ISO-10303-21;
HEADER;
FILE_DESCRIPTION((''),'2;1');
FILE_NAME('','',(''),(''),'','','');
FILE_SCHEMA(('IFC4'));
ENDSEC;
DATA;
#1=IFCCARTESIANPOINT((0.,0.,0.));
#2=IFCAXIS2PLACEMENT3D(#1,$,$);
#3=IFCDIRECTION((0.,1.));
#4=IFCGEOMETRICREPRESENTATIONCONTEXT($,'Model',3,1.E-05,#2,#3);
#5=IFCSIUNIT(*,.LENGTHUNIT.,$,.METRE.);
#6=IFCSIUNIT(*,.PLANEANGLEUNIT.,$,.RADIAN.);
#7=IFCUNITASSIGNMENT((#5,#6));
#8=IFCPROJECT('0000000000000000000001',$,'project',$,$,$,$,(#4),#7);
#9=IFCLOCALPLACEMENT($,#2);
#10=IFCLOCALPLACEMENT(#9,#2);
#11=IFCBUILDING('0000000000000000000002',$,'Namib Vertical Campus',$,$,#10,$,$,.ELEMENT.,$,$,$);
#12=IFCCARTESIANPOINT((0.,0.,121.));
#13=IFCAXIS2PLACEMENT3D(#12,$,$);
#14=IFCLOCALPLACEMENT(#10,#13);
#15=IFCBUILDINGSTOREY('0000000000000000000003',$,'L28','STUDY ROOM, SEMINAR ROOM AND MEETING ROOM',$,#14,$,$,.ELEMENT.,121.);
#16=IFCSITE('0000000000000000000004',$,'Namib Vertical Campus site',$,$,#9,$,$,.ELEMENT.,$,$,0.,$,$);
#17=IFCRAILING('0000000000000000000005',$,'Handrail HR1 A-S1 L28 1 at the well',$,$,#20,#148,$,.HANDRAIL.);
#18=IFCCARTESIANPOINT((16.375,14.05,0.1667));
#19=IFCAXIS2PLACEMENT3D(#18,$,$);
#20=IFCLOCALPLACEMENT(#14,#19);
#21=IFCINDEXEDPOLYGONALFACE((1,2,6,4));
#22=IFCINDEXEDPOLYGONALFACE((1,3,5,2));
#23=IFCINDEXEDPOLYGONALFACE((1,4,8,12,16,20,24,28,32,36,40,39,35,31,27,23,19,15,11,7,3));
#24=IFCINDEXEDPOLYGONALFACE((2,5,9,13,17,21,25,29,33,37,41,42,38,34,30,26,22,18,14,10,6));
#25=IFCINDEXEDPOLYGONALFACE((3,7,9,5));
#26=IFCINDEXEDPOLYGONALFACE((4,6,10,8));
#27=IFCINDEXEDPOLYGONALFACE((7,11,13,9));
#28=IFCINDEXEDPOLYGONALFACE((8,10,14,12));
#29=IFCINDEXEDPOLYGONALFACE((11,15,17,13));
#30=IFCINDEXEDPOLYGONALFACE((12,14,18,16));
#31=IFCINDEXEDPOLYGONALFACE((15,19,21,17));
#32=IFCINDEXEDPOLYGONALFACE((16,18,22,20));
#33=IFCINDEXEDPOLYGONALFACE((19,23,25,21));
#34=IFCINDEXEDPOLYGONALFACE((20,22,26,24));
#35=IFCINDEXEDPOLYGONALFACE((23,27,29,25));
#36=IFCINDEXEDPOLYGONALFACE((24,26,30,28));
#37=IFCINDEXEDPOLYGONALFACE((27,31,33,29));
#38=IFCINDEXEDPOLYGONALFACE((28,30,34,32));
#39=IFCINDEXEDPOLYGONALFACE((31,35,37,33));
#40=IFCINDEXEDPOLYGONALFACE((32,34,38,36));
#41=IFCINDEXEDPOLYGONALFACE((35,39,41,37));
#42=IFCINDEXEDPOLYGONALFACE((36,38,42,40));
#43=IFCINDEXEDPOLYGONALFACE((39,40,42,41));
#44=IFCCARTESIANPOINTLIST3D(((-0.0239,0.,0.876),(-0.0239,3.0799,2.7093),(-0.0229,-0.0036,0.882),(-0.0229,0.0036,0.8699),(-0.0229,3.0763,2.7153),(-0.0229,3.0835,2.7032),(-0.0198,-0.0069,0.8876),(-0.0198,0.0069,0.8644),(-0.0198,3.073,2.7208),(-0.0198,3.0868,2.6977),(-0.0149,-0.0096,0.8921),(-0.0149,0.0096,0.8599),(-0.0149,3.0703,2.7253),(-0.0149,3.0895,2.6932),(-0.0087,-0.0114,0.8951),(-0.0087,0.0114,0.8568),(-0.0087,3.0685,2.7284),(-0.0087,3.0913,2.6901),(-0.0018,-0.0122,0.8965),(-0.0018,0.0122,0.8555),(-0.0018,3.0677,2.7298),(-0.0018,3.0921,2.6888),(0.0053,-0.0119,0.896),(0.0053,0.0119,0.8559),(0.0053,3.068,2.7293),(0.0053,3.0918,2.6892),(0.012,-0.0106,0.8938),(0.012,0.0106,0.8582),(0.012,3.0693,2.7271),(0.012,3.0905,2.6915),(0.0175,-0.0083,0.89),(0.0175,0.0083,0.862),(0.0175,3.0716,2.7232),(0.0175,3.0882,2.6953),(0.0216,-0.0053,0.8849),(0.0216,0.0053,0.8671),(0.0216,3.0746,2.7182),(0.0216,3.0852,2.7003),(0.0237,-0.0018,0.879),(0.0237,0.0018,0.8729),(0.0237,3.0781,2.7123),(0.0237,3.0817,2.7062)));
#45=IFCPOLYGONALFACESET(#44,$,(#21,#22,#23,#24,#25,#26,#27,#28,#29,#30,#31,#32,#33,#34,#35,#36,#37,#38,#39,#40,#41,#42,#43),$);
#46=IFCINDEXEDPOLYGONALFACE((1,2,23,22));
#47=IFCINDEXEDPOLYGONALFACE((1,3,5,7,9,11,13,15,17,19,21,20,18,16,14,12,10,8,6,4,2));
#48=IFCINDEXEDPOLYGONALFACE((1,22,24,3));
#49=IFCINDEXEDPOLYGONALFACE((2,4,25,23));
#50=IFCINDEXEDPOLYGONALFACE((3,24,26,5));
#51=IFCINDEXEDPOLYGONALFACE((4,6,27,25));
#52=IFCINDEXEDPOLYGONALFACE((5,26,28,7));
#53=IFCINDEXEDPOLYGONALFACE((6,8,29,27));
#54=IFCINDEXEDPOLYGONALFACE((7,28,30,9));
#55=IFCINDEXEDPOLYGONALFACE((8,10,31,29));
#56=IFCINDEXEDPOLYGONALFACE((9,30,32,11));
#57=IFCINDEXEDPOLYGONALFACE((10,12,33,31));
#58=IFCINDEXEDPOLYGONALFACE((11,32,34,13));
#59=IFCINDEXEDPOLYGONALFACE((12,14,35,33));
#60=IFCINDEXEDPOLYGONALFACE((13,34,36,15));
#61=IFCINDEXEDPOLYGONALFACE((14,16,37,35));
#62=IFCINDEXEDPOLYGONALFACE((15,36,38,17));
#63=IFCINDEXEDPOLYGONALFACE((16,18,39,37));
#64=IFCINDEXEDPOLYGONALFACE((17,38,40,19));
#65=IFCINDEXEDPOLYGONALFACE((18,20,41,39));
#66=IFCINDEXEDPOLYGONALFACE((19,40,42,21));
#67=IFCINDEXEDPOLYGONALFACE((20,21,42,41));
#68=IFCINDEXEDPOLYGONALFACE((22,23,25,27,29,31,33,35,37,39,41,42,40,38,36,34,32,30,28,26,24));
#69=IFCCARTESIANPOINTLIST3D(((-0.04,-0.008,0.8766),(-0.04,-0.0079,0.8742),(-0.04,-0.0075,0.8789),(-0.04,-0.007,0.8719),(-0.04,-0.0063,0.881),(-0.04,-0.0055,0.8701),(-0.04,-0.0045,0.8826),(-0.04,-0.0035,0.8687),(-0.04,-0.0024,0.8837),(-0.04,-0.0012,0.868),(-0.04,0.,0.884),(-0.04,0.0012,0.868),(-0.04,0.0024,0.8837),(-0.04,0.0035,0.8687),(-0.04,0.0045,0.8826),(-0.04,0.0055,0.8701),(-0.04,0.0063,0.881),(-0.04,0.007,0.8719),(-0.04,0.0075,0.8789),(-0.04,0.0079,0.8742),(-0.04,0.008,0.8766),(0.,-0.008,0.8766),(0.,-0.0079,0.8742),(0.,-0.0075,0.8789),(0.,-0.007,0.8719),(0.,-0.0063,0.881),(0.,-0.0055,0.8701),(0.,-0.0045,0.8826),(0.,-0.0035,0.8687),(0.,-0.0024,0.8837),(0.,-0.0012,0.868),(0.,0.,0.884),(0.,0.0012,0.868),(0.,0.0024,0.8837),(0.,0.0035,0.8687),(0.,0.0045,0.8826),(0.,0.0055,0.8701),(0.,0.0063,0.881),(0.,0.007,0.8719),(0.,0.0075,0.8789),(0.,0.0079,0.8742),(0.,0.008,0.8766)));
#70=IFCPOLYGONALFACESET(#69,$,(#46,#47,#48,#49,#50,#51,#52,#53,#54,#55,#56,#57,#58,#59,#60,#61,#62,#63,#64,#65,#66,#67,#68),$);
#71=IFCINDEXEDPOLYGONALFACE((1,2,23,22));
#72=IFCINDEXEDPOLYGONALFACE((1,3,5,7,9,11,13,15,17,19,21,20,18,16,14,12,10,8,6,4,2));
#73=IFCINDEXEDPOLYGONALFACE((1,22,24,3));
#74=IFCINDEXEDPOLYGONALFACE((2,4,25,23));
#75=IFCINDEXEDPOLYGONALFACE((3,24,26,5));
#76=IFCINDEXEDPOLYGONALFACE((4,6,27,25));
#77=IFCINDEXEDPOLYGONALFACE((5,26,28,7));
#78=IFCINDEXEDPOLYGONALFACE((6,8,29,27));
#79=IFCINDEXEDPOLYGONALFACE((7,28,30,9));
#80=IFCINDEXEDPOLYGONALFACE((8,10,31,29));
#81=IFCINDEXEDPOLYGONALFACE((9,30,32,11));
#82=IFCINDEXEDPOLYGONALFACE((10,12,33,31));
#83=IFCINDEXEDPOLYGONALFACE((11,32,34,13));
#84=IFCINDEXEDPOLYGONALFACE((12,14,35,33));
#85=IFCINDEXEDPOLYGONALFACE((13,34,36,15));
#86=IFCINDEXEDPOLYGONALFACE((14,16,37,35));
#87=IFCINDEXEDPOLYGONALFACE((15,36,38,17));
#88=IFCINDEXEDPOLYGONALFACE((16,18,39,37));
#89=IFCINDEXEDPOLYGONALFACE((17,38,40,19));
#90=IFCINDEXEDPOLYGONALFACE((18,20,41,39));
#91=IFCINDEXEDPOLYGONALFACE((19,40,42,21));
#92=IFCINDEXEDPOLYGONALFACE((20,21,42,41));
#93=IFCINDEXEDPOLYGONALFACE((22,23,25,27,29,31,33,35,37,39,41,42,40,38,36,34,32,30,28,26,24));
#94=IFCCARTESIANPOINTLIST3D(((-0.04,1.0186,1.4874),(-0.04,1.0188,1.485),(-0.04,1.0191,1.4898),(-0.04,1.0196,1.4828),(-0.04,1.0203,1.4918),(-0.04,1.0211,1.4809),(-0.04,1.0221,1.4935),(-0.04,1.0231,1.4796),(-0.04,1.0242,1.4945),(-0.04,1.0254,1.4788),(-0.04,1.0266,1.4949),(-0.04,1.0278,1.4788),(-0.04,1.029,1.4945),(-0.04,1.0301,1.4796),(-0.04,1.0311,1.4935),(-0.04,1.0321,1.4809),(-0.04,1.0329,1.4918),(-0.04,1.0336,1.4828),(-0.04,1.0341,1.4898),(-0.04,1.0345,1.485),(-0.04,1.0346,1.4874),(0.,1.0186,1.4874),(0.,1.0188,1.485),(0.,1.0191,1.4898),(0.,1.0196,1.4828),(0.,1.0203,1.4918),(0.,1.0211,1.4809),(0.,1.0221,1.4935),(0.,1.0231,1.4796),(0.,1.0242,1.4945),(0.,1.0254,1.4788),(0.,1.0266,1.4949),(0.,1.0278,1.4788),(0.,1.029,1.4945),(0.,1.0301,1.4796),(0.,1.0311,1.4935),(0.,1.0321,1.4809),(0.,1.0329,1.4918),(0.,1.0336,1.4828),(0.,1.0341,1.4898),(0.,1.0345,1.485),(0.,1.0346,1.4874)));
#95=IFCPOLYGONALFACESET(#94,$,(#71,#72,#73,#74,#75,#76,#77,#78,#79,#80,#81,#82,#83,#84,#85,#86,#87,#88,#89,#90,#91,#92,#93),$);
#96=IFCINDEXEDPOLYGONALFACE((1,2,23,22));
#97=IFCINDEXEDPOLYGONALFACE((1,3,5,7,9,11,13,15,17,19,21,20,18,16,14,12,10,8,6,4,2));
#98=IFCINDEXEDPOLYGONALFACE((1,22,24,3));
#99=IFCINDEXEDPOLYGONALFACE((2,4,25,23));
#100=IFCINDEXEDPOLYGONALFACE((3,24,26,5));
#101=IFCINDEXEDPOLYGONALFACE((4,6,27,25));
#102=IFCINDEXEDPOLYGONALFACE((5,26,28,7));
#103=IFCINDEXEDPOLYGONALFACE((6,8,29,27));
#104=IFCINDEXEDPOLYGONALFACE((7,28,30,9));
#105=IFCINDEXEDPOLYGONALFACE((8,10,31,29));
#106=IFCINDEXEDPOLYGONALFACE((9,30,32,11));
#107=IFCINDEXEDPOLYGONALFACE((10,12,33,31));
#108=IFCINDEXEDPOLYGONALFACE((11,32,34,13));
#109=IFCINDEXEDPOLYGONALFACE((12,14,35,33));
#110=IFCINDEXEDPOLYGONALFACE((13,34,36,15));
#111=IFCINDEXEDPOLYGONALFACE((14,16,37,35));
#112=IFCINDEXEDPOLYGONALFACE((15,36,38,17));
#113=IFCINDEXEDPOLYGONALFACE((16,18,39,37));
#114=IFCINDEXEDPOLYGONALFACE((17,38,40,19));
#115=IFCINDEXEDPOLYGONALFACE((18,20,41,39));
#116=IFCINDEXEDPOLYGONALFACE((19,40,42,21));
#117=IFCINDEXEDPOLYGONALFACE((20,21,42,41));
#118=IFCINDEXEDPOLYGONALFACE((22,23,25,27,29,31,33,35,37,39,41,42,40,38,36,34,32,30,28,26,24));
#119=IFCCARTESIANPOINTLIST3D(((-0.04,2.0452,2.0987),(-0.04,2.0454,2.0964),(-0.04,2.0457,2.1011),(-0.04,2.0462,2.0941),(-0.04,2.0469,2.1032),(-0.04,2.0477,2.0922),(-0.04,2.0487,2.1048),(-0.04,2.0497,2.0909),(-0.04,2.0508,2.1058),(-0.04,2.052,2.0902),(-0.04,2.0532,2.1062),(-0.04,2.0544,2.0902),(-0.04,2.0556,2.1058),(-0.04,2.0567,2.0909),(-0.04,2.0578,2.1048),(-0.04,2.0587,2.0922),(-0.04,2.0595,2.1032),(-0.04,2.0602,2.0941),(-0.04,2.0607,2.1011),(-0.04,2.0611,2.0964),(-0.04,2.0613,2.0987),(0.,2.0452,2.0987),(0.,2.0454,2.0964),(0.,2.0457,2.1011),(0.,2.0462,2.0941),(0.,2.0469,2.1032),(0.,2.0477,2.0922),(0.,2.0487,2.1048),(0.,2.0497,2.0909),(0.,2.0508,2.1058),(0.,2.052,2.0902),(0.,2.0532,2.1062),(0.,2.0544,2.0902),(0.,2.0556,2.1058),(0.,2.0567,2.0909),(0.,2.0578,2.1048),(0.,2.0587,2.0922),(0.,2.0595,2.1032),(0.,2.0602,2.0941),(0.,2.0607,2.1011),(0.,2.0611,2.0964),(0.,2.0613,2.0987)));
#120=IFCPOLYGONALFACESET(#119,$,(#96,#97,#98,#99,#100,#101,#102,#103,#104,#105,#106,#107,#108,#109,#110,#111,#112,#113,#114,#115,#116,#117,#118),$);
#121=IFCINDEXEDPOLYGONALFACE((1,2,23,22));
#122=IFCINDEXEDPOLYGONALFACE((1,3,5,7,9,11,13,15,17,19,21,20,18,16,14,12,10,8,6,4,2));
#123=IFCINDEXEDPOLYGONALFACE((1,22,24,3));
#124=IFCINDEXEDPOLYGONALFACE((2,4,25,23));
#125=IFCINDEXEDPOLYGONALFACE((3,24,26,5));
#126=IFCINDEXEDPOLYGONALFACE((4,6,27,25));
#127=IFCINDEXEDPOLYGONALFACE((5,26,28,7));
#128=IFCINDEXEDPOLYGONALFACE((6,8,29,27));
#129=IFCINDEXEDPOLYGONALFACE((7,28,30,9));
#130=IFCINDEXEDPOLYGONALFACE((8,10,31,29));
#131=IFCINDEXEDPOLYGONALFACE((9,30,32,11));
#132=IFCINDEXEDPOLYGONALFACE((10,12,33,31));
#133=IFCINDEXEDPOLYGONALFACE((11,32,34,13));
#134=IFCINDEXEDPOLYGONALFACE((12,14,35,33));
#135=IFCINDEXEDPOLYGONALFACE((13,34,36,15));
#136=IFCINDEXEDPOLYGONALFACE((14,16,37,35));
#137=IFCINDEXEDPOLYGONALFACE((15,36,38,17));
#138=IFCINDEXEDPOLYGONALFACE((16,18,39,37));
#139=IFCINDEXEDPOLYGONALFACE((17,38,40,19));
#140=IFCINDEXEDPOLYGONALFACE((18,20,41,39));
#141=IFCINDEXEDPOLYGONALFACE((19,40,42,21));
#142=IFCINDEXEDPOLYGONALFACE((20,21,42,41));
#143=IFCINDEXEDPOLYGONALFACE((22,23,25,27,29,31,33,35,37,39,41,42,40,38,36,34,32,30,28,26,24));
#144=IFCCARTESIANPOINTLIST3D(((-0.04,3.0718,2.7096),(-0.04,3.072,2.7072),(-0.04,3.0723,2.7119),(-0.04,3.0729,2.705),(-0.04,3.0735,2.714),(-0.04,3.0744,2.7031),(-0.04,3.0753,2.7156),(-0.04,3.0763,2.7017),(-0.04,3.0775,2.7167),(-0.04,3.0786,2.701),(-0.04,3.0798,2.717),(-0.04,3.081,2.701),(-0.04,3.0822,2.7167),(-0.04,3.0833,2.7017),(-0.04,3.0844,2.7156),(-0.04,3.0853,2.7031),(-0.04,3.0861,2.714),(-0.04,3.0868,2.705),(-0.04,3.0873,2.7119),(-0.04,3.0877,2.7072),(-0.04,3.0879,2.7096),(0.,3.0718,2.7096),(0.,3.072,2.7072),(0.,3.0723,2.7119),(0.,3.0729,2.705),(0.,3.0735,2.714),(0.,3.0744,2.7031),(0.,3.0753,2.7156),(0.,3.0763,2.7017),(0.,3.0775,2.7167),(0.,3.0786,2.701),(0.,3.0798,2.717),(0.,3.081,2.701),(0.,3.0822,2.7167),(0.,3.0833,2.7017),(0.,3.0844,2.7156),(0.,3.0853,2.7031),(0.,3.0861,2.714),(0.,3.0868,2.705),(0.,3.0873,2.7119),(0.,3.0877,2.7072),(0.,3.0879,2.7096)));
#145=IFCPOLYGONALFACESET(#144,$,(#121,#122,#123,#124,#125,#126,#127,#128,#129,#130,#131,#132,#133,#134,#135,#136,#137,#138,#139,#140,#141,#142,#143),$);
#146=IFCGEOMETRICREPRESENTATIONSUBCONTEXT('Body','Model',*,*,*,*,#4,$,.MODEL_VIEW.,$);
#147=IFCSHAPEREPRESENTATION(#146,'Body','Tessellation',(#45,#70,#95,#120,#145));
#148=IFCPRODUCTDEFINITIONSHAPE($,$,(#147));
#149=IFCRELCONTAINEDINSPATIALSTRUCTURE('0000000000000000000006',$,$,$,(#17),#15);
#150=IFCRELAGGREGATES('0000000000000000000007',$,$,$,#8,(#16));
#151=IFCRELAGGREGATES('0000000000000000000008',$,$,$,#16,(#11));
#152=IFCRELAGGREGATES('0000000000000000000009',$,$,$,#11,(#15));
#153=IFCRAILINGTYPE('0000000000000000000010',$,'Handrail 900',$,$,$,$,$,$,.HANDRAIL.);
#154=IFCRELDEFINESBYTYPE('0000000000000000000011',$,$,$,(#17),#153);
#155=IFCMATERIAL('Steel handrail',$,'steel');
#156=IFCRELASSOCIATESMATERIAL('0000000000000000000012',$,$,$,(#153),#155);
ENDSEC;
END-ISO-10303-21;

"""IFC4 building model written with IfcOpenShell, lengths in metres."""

from ifc_helpers import new_model, si_unit, direction, frame, origin, origin_2d, place, context, subcontext, project, spatial, circle, extrude, material, type_object, element, save


model = new_model("IFC4")

# Units and contexts
model_context = context("Model", 3, precision=1e-05, world=origin(), true_north=direction((0.0, 1.0)))
body_context = subcontext(model_context, "Body", "Model", "MODEL_VIEW")
ifc_project = project(units=[si_unit("LENGTHUNIT", "METRE"), si_unit("PLANEANGLEUNIT", "RADIAN")], contexts=[model_context])

# Site, building, storey
site_placement = place(None, origin())
site = spatial("IfcSite", under=ifc_project, at=site_placement, Name="Namib Vertical Campus site", CompositionType="ELEMENT", RefElevation=0.0)
building_placement = place(site_placement, origin())
building = spatial("IfcBuilding", under=site, at=building_placement, Name="Namib Vertical Campus", CompositionType="ELEMENT")
storey_placement = place(building_placement, frame((0.0, 0.0, 121.0)))
storey = spatial("IfcBuildingStorey", under=building, at=storey_placement, Name="L28", Description="STUDY ROOM, SEMINAR ROOM AND MEETING ROOM", CompositionType="ELEMENT", Elevation=121.0)

# Railing
ifc_material_1 = material(Name="Steel handrail", Category="steel")
railing_type_1 = type_object("IfcRailingType", Name="Handrail 900", PredefinedType="HANDRAIL", material=ifc_material_1)
railing_1_placement = place(storey_placement, frame((16.375, 14.05, 0.1667)))
element("IfcRailing", 1, at=railing_1_placement, inside=storey, type_object=railing_type_1, Name="Handrail HR1 A-S1 L28 1 at the well", PredefinedType="HANDRAIL", context=body_context, shape_type="SweptSolid", body=[
    extrude(circle(Radius=0.0239, at=origin_2d()), frame((0.0, 0.0, 0.876), z_axis=(0.0, 0.859291, 0.511487), x_axis=(-1.0, 0.0, 0.0)), (0.0, 0.0, 1.0), 3.5842),
    extrude(circle(Radius=0.0081, at=origin_2d()), frame((0.0, 0.0, 0.876), z_axis=(-1.0, 0.0, 0.0), x_axis=(0.0, 0.0, 1.0)), (0.0, 0.0, 1.0), 0.04),
    extrude(circle(Radius=0.0081, at=origin_2d()), frame((0.0, 1.0266, 1.4868), z_axis=(-1.0, 0.0, 0.0), x_axis=(0.0, 0.0, 1.0)), (0.0, 0.0, 1.0), 0.04),
    extrude(circle(Radius=0.0081, at=origin_2d()), frame((0.0, 2.0532, 2.0981), z_axis=(-1.0, 0.0, 0.0), x_axis=(0.0, 0.0, 1.0)), (0.0, 0.0, 1.0), 0.04),
    extrude(circle(Radius=0.0081, at=origin_2d()), frame((0.0, 3.0798, 2.709), z_axis=(-1.0, 0.0, 0.0), x_axis=(0.0, 0.0, 1.0)), (0.0, 0.0, 1.0), 0.04),
])

save(model, "model.ifc")
